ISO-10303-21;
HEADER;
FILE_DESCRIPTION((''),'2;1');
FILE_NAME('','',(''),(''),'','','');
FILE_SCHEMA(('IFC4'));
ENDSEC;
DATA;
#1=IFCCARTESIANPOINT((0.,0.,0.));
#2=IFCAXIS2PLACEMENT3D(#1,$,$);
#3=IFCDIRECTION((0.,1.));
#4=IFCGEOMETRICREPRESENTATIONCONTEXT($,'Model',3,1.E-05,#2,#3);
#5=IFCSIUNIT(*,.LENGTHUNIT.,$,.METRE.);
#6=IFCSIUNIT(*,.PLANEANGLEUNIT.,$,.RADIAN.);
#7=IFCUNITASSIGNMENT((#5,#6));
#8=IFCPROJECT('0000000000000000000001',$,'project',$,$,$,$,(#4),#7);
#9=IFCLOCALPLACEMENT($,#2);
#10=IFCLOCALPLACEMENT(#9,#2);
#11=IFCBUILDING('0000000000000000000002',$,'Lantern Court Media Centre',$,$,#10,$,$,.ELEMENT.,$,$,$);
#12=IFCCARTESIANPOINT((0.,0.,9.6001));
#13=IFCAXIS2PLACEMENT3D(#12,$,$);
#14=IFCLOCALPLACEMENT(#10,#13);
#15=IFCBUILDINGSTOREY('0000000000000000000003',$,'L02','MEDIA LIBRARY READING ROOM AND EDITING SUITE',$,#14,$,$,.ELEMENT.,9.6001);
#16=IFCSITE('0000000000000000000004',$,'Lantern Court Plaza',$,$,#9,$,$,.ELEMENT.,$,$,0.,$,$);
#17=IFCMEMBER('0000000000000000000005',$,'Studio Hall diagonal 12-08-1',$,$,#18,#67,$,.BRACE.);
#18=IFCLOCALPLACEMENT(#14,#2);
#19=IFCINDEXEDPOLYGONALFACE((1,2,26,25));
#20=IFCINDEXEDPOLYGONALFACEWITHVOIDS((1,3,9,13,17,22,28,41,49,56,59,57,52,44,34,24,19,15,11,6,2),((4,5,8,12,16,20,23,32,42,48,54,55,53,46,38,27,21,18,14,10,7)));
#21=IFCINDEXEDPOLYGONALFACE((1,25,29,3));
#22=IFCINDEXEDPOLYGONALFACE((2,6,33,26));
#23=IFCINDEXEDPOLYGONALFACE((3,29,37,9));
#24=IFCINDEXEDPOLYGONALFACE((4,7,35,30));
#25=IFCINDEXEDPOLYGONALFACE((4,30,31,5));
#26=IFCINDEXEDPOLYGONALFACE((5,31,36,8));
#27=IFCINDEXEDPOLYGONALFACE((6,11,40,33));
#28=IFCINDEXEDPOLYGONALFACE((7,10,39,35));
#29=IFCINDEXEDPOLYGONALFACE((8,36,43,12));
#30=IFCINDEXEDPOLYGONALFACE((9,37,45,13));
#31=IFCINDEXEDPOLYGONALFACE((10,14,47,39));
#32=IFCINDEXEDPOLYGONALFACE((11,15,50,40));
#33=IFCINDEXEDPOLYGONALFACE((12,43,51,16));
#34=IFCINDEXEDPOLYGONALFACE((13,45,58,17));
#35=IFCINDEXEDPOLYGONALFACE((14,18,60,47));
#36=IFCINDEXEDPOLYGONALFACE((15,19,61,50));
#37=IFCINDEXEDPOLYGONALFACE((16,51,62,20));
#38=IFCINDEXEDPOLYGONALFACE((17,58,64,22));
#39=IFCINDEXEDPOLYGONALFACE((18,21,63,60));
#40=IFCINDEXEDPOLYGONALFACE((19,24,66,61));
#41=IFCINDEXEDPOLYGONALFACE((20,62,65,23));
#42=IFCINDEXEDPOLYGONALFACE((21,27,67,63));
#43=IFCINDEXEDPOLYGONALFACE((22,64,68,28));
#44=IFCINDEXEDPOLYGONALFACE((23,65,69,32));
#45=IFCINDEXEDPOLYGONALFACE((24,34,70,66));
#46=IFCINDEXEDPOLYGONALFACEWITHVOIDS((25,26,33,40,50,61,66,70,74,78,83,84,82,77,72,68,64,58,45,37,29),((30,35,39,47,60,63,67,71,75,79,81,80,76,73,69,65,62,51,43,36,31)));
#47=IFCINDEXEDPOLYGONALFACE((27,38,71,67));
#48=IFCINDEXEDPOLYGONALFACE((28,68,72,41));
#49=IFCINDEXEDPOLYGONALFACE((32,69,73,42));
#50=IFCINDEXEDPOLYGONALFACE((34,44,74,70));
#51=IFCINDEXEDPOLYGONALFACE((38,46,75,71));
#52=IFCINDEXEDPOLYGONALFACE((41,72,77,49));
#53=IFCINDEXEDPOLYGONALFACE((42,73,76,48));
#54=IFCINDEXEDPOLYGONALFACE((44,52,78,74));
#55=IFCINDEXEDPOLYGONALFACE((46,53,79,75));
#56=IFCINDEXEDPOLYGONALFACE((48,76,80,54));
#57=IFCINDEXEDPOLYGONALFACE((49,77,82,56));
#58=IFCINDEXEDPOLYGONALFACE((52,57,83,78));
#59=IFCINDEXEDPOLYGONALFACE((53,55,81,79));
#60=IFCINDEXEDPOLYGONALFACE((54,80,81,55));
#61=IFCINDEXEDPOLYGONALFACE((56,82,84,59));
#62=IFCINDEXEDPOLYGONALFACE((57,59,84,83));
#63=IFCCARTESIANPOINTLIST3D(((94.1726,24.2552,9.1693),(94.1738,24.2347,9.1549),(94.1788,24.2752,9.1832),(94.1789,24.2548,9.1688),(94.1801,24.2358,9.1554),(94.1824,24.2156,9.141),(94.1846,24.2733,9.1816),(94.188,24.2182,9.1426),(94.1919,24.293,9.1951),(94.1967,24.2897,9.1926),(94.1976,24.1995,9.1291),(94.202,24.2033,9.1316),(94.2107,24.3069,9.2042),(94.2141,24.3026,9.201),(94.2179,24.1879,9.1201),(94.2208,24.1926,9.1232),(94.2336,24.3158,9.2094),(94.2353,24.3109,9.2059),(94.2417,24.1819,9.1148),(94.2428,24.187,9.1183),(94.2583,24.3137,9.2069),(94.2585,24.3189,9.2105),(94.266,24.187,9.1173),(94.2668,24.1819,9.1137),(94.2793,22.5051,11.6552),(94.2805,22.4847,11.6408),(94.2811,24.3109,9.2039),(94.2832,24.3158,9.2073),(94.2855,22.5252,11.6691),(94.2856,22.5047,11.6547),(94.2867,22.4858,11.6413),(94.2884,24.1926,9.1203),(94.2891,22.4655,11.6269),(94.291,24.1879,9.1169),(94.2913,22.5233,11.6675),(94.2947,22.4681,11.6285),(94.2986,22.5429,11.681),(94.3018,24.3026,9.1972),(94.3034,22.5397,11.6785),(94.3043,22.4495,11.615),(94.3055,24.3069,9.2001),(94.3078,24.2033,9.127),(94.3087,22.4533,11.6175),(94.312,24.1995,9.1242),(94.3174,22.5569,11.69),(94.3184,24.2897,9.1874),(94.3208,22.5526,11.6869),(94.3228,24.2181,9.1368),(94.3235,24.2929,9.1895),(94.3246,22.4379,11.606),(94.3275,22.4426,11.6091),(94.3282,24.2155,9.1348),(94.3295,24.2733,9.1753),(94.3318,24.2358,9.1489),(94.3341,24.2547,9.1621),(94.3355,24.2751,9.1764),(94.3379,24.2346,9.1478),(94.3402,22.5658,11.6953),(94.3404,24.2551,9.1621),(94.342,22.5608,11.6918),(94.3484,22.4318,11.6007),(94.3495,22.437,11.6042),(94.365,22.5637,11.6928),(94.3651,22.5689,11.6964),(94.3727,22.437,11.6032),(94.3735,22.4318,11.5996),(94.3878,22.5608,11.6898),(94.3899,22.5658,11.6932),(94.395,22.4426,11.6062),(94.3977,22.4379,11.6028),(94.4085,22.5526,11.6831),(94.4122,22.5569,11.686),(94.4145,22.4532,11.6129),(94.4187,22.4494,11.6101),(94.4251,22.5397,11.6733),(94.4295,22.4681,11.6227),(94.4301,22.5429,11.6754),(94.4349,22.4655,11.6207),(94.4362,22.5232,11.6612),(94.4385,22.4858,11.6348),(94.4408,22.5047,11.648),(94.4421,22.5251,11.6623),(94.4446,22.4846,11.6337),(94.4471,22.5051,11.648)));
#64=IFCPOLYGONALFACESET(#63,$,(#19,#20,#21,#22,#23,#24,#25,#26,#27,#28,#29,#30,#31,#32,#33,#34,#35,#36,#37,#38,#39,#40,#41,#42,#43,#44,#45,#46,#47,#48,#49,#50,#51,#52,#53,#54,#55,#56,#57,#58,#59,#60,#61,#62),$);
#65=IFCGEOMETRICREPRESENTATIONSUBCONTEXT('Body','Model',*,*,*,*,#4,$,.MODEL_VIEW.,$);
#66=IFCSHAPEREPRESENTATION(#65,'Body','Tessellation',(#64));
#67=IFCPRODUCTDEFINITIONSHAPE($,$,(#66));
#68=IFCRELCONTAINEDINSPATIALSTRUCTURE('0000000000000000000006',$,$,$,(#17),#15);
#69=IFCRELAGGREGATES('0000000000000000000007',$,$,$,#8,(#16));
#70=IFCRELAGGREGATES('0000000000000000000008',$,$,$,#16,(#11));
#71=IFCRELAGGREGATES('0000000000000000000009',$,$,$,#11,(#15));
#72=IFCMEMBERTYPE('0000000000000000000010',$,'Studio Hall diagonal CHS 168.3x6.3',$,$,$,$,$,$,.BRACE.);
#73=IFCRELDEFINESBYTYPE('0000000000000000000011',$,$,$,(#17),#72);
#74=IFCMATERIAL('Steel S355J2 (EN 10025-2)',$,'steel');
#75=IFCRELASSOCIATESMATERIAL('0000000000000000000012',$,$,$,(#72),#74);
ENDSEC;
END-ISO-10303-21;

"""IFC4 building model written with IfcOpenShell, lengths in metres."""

from ifc_helpers import new_model, si_unit, direction, frame, origin, origin_2d, place, context, subcontext, project, spatial, hollow_circle, extrude, material, material_profile, profile_set, type_object, element, save


model = new_model("IFC4")

# Units and contexts
model_context = context("Model", 3, precision=1e-05, world=origin(), true_north=direction((0.0, 1.0)))
body_context = subcontext(model_context, "Body", "Model", "MODEL_VIEW")
ifc_project = project(units=[si_unit("LENGTHUNIT", "METRE"), si_unit("PLANEANGLEUNIT", "RADIAN")], contexts=[model_context])

# Site, building, storey
site_placement = place(None, origin())
site = spatial("IfcSite", under=ifc_project, at=site_placement, Name="Lantern Court Plaza", CompositionType="ELEMENT", RefElevation=0.0)
building_placement = place(site_placement, origin())
building = spatial("IfcBuilding", under=site, at=building_placement, Name="Lantern Court Media Centre", CompositionType="ELEMENT")
storey_placement = place(building_placement, frame((0.0, 0.0, 9.6001)))
storey = spatial("IfcBuildingStorey", under=building, at=storey_placement, Name="L02", Description="MEDIA LIBRARY READING ROOM AND EDITING SUITE", CompositionType="ELEMENT", Elevation=9.6001)

# Member
ifc_material = material(Name="Steel S355J2 (EN 10025-2)", Category="steel")
ifc_material_profile_1 = material_profile(ifc_material, hollow_circle(Radius=0.0842, WallThickness=0.0063, at=origin_2d()), Name="Studio Hall diagonal CHS 168.3x6.3")
ifc_profile_set_1 = profile_set([ifc_material_profile_1], Name="Steel S355J2 (EN 10025-2)")
member_type_1 = type_object("IfcMemberType", Name="Studio Hall diagonal CHS 168.3x6.3", PredefinedType="BRACE", material=ifc_profile_set_1)
for number, where, z_axis, x_axis, name in (
    (1, (94.2563, 24.25, 9.1621), (0.035073, -0.575294, 0.817194), (0.998147, 0.060852, 0.0), "Studio Hall diagonal 12-08-1"),
):
    element("IfcMember", number, at=place(storey_placement, frame(where, z_axis=z_axis, x_axis=x_axis)), inside=storey, type_object=member_type_1, Name=name, PredefinedType="BRACE", context=body_context, shape_type="SweptSolid", body=[
        extrude(hollow_circle(Radius=0.0842, WallThickness=0.0063, at=origin_2d()), origin(), (0.0, 0.0, 1.0), 3.042),
    ])

save(model, "model.ifc")
